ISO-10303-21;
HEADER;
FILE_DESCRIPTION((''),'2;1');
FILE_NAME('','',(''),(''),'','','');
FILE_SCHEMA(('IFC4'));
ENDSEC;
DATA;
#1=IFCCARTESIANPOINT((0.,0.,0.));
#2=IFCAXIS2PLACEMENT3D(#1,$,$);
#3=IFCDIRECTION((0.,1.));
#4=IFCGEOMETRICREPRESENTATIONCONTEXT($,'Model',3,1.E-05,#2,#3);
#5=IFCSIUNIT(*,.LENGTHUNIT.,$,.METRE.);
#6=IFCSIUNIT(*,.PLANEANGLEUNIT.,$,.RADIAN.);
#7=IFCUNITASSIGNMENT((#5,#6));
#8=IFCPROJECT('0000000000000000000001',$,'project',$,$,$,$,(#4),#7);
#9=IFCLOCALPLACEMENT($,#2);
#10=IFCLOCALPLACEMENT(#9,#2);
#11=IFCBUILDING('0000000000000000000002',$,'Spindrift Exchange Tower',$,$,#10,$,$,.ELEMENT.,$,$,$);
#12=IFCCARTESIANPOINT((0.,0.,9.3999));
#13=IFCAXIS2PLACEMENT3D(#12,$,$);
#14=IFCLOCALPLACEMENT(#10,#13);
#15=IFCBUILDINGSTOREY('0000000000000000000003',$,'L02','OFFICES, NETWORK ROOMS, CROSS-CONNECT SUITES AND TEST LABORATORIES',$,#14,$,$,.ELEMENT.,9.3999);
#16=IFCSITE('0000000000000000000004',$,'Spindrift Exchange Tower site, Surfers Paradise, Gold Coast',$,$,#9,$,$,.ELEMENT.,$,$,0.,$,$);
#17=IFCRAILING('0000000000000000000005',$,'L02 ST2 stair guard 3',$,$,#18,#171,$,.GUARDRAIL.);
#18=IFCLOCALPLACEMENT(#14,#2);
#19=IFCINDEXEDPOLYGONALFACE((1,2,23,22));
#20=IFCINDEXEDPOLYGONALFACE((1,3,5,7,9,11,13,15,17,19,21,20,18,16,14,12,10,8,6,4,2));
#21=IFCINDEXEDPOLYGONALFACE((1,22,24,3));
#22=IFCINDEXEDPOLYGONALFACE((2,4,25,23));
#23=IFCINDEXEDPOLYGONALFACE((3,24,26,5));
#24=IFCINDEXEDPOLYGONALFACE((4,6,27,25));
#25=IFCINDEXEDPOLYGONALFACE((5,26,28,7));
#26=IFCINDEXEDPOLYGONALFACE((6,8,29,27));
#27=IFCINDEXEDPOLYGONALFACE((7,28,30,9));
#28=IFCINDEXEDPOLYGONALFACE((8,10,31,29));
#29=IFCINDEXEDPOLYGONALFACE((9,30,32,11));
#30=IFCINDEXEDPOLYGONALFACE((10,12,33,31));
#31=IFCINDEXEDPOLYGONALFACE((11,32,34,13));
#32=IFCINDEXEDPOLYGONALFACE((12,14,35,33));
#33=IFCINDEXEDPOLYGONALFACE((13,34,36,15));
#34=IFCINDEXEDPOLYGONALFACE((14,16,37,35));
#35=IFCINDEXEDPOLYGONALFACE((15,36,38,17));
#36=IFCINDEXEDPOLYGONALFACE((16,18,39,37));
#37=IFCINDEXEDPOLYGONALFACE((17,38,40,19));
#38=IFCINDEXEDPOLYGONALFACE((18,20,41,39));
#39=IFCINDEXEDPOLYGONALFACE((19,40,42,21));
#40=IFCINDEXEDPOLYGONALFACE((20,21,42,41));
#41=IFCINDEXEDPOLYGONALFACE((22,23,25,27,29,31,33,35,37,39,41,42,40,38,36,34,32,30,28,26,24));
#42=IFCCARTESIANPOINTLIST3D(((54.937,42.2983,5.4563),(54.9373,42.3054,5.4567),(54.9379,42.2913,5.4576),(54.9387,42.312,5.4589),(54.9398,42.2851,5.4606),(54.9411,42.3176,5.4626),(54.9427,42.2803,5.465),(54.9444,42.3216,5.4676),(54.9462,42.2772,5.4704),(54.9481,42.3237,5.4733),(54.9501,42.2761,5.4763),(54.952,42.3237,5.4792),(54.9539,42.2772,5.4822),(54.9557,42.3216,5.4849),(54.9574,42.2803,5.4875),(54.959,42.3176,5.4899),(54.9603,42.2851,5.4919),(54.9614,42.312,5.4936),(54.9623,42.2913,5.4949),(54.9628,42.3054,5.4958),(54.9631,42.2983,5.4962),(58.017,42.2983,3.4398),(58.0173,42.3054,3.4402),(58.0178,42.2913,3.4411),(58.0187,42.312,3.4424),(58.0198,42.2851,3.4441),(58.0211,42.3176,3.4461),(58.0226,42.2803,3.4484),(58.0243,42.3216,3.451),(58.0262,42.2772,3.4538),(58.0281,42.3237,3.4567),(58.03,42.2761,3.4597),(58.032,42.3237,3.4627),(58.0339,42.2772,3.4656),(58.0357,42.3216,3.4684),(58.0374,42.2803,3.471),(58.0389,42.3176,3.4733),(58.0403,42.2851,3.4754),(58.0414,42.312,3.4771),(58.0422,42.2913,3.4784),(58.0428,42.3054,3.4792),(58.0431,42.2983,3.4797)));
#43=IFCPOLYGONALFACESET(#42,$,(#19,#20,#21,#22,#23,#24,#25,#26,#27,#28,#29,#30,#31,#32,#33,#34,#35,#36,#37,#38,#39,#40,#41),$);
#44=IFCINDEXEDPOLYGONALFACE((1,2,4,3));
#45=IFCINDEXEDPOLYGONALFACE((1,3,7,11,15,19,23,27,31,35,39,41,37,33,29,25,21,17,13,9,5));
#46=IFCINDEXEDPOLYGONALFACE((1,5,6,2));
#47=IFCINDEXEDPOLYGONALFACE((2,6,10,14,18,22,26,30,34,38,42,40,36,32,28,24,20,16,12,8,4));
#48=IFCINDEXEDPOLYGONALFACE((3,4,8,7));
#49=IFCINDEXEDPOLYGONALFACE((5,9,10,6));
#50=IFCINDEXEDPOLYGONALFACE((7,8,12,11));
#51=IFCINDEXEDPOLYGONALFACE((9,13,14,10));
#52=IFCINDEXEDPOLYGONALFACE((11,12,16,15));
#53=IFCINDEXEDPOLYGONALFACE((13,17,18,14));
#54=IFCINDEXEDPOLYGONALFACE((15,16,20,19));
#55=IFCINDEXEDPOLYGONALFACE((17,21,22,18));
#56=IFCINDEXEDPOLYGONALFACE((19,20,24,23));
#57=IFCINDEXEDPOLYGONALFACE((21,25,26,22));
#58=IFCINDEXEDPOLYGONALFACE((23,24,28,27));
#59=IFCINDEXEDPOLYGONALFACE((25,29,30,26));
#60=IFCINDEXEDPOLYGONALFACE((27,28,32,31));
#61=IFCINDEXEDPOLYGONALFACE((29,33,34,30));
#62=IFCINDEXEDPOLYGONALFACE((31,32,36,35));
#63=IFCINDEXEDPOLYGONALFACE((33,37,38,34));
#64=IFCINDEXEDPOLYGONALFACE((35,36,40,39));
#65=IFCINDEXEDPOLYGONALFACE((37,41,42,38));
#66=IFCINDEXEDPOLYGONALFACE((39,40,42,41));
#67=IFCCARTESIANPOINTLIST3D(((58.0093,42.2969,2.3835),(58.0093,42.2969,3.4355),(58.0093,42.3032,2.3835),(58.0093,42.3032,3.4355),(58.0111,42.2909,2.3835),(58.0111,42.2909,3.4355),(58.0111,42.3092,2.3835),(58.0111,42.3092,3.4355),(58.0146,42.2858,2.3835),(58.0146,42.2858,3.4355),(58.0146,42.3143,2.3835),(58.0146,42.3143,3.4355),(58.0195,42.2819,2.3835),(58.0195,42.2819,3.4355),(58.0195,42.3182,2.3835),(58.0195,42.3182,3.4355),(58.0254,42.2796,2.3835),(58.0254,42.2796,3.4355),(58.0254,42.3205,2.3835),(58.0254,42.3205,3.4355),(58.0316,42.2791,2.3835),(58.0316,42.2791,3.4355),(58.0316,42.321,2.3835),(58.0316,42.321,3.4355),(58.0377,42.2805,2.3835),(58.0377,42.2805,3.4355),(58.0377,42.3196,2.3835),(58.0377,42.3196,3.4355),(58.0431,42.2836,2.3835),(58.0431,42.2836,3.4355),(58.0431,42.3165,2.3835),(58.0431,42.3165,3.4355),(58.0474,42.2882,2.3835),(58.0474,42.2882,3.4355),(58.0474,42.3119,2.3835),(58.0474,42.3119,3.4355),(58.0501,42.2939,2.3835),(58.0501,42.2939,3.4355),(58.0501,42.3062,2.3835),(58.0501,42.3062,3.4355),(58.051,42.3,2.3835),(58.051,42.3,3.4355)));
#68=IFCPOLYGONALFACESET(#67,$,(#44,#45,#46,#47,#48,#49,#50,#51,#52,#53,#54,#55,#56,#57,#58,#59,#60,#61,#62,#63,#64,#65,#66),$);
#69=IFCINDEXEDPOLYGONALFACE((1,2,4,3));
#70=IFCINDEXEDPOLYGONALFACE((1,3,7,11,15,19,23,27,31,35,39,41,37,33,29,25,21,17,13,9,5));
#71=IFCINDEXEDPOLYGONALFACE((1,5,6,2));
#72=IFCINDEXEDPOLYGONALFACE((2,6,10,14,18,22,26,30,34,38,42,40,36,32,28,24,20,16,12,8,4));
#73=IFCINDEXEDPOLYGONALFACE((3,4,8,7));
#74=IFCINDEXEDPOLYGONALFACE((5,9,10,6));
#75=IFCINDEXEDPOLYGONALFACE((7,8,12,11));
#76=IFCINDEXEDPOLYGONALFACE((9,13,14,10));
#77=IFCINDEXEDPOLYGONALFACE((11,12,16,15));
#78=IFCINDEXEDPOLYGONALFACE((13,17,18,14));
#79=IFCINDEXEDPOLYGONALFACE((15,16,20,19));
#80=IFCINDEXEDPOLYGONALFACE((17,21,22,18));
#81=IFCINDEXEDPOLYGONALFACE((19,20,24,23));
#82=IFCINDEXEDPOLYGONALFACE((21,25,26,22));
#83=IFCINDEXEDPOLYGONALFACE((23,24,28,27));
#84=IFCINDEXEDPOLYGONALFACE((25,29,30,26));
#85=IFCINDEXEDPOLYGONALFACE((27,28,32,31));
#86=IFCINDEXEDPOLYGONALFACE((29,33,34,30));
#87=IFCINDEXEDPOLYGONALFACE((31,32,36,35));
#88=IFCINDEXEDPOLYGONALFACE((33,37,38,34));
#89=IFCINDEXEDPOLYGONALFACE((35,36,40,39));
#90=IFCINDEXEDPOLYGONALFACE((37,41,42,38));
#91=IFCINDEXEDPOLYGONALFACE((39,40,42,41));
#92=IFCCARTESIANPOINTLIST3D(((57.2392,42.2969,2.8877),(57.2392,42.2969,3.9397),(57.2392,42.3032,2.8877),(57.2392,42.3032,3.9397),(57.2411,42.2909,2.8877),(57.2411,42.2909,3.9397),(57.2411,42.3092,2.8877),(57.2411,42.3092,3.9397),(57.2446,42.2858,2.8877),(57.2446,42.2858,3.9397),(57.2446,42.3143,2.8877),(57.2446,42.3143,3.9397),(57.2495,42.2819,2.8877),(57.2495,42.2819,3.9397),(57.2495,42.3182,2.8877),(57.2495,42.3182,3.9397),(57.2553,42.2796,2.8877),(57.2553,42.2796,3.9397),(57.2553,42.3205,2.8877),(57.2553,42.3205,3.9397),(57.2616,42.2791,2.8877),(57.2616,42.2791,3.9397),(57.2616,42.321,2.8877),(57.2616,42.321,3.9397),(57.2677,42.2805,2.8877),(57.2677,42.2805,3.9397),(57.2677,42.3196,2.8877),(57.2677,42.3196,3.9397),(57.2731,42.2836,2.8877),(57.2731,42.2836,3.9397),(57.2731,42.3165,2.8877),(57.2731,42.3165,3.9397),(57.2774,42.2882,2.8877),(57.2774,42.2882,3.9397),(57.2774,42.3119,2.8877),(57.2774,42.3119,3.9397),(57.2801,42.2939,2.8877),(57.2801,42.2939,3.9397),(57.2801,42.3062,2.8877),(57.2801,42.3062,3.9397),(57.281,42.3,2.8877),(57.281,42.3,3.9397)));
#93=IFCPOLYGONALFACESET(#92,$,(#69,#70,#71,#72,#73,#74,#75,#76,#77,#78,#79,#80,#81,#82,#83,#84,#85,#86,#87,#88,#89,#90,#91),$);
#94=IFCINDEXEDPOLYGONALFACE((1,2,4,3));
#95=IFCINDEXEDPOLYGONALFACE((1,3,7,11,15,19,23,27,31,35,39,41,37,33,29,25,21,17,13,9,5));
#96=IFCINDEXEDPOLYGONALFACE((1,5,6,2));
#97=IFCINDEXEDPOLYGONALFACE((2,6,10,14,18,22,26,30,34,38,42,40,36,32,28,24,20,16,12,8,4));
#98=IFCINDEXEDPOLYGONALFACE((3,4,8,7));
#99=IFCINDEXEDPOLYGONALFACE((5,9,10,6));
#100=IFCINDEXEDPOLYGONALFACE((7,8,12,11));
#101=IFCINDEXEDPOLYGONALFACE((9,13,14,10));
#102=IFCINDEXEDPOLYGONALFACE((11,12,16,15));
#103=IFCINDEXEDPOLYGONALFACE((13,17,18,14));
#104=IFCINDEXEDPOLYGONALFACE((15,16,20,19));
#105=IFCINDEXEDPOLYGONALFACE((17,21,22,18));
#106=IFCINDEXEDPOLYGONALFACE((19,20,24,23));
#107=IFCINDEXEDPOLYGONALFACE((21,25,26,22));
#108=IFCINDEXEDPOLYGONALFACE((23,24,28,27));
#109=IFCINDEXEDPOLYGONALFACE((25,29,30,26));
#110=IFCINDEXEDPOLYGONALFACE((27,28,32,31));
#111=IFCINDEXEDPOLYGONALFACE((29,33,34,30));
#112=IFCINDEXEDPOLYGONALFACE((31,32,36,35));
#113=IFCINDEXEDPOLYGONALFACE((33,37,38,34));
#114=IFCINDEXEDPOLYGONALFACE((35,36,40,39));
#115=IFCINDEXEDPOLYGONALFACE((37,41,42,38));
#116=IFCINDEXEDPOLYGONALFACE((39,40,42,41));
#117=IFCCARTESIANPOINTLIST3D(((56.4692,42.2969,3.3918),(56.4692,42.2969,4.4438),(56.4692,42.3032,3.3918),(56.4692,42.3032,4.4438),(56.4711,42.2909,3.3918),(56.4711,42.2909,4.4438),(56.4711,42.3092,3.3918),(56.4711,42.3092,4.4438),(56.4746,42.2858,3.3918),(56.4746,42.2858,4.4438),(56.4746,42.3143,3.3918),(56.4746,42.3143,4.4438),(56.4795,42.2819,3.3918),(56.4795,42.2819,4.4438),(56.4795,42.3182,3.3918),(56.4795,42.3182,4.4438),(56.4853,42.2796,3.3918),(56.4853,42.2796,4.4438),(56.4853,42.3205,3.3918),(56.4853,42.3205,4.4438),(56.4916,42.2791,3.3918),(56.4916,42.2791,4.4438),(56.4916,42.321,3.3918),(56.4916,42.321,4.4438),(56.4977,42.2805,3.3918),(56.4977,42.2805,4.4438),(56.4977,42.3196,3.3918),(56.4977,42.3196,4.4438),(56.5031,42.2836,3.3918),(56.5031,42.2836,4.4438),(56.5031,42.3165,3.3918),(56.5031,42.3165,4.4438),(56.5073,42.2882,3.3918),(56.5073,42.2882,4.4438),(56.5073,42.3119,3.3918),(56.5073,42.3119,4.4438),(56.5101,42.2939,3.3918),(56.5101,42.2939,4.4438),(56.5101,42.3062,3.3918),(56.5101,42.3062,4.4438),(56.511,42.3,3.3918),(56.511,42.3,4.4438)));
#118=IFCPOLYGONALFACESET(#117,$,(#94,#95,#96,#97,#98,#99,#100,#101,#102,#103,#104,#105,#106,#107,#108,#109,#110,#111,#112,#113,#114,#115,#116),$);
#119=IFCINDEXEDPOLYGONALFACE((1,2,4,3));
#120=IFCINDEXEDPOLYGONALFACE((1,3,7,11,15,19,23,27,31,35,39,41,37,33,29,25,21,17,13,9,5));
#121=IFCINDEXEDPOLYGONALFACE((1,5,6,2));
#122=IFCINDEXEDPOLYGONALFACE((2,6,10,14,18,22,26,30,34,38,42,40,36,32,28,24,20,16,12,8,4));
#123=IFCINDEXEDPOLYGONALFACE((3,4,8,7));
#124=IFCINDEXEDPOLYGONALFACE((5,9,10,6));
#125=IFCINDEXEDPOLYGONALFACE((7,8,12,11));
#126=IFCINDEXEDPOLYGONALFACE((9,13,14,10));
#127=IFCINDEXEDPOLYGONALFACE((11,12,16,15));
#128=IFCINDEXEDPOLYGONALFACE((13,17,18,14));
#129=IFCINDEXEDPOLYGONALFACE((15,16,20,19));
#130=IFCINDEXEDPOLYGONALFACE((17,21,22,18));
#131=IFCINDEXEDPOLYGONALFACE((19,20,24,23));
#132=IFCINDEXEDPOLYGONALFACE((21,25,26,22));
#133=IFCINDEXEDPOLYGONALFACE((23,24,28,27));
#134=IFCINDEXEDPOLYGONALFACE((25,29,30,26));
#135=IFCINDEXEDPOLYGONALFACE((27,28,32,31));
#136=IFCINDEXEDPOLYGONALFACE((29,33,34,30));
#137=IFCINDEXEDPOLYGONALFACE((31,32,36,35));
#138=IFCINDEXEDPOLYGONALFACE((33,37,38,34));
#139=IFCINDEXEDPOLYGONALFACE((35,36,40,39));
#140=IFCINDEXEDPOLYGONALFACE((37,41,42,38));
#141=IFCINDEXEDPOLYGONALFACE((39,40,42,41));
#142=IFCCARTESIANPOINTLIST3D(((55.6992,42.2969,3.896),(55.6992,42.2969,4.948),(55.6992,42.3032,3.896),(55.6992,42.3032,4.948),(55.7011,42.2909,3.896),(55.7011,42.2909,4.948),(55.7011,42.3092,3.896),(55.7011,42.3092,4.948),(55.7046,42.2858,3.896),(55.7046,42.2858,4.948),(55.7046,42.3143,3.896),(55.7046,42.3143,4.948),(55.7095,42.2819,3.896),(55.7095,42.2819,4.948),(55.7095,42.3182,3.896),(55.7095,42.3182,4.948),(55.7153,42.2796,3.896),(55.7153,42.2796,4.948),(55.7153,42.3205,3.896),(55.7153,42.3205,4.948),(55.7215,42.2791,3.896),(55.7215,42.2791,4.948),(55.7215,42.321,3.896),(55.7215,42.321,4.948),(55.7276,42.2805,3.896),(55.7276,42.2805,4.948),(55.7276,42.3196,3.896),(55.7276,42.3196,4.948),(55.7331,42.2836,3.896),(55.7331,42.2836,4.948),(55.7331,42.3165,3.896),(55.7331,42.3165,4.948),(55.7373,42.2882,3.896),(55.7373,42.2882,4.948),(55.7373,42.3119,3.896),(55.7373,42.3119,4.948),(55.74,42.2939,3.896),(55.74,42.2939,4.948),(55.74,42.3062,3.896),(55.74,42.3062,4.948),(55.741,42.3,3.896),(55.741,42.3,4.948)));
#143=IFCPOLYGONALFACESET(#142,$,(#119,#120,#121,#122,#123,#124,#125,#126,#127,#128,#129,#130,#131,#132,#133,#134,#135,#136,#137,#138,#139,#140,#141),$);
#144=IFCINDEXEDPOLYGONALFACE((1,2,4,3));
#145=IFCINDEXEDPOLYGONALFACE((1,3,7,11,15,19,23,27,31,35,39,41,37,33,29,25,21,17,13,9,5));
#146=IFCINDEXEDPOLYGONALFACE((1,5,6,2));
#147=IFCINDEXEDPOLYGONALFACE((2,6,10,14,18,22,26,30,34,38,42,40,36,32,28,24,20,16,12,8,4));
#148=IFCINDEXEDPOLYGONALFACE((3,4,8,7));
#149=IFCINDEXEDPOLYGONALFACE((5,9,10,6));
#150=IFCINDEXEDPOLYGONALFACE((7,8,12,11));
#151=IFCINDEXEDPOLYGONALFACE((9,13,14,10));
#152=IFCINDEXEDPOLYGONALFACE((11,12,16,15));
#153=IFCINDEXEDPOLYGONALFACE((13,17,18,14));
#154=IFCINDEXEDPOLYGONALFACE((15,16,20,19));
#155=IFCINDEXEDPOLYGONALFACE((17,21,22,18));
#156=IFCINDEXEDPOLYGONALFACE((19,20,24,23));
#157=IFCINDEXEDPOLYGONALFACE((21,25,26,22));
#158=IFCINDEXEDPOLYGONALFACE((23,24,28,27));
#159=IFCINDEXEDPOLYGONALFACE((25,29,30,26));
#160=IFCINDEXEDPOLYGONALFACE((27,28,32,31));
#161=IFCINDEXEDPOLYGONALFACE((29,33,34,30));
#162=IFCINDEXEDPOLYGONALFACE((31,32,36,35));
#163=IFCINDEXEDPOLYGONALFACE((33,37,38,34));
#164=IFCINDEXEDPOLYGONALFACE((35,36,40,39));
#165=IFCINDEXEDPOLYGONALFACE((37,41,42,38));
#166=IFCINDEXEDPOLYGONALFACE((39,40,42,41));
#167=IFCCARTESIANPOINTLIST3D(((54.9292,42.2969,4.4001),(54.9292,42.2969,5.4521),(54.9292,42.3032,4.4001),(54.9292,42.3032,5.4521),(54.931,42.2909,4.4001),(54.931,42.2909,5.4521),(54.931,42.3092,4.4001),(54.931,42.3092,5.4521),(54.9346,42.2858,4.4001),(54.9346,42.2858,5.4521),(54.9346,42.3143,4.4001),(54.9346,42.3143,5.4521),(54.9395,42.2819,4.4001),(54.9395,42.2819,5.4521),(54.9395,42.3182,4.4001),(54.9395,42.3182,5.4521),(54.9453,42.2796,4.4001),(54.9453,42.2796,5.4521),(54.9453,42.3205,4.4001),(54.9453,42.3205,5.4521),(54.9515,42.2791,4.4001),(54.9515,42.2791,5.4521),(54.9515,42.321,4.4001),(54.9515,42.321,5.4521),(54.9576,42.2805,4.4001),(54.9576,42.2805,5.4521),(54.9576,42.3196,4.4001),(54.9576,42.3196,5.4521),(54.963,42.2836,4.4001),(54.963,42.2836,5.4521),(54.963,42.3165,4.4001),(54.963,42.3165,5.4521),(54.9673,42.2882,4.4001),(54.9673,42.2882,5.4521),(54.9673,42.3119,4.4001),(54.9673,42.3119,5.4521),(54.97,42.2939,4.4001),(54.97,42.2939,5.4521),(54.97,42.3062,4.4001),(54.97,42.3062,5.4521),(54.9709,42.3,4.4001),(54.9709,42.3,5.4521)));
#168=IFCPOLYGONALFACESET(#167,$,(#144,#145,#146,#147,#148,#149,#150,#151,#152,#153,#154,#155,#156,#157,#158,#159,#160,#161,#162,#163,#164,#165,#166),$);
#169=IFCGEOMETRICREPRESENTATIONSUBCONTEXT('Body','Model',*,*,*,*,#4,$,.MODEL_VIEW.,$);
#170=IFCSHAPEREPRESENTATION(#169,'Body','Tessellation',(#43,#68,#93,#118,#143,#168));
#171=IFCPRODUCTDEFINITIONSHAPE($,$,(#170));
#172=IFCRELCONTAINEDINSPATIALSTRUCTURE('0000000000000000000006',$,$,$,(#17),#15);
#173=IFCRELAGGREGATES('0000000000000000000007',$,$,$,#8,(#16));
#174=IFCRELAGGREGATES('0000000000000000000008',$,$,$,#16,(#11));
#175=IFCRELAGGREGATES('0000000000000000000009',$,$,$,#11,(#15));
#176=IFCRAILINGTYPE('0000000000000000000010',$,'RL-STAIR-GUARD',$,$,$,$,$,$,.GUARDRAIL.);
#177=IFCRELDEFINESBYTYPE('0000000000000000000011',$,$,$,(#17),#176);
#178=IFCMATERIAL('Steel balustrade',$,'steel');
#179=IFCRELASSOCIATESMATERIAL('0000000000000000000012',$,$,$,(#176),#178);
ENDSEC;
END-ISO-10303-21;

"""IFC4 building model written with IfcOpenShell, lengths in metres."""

from ifc_helpers import new_model, si_unit, direction, frame, origin, origin_2d, place, context, subcontext, project, spatial, circle, extrude, material, type_object, element, save


model = new_model("IFC4")

# Units and contexts
model_context = context("Model", 3, precision=1e-05, world=origin(), true_north=direction((0.0, 1.0)))
body_context = subcontext(model_context, "Body", "Model", "MODEL_VIEW")
ifc_project = project(units=[si_unit("LENGTHUNIT", "METRE"), si_unit("PLANEANGLEUNIT", "RADIAN")], contexts=[model_context])

# Site, building, storey
site_placement = place(None, origin())
site = spatial("IfcSite", under=ifc_project, at=site_placement, Name="Spindrift Exchange Tower site, Surfers Paradise, Gold Coast", CompositionType="ELEMENT", RefElevation=0.0)
building_placement = place(site_placement, origin())
building = spatial("IfcBuilding", under=site, at=building_placement, Name="Spindrift Exchange Tower", CompositionType="ELEMENT")
storey_placement = place(building_placement, frame((0.0, 0.0, 9.3999)))
storey = spatial("IfcBuildingStorey", under=building, at=storey_placement, Name="L02", Description="OFFICES, NETWORK ROOMS, CROSS-CONNECT SUITES AND TEST LABORATORIES", CompositionType="ELEMENT", Elevation=9.3999)

# Railing
ifc_material_1 = material(Name="Steel balustrade", Category="steel")
railing_type_1 = type_object("IfcRailingType", Name="RL-STAIR-GUARD", PredefinedType="GUARDRAIL", material=ifc_material_1)
railing_1_placement = place(storey_placement, frame((58.03, 42.3, 2.3835)))
element("IfcRailing", 1, at=railing_1_placement, inside=storey, type_object=railing_type_1, Name="L02 ST2 stair guard 3", PredefinedType="GUARDRAIL", context=body_context, shape_type="SweptSolid", body=[
    extrude(circle(Radius=0.0239, at=origin_2d()), frame((0.0, 0.0, 1.0762), z_axis=(-0.836633, 0.0, 0.547764), x_axis=(0.0, -1.0, 0.0)), (0.0, 0.0, 1.0), 3.6814),
    extrude(circle(Radius=0.021, at=origin_2d()), origin(), (0.0, 0.0, 1.0), 1.052),
    extrude(circle(Radius=0.021, at=origin_2d()), frame((-0.77, 0.0, 0.5042)), (0.0, 0.0, 1.0), 1.052),
    extrude(circle(Radius=0.021, at=origin_2d()), frame((-1.54, 0.0, 1.0083)), (0.0, 0.0, 1.0), 1.052),
    extrude(circle(Radius=0.021, at=origin_2d()), frame((-2.3101, 0.0, 1.5125)), (0.0, 0.0, 1.0), 1.052),
    extrude(circle(Radius=0.021, at=origin_2d()), frame((-3.0801, 0.0, 2.0166)), (0.0, 0.0, 1.0), 1.052),
])

save(model, "model.ifc")
